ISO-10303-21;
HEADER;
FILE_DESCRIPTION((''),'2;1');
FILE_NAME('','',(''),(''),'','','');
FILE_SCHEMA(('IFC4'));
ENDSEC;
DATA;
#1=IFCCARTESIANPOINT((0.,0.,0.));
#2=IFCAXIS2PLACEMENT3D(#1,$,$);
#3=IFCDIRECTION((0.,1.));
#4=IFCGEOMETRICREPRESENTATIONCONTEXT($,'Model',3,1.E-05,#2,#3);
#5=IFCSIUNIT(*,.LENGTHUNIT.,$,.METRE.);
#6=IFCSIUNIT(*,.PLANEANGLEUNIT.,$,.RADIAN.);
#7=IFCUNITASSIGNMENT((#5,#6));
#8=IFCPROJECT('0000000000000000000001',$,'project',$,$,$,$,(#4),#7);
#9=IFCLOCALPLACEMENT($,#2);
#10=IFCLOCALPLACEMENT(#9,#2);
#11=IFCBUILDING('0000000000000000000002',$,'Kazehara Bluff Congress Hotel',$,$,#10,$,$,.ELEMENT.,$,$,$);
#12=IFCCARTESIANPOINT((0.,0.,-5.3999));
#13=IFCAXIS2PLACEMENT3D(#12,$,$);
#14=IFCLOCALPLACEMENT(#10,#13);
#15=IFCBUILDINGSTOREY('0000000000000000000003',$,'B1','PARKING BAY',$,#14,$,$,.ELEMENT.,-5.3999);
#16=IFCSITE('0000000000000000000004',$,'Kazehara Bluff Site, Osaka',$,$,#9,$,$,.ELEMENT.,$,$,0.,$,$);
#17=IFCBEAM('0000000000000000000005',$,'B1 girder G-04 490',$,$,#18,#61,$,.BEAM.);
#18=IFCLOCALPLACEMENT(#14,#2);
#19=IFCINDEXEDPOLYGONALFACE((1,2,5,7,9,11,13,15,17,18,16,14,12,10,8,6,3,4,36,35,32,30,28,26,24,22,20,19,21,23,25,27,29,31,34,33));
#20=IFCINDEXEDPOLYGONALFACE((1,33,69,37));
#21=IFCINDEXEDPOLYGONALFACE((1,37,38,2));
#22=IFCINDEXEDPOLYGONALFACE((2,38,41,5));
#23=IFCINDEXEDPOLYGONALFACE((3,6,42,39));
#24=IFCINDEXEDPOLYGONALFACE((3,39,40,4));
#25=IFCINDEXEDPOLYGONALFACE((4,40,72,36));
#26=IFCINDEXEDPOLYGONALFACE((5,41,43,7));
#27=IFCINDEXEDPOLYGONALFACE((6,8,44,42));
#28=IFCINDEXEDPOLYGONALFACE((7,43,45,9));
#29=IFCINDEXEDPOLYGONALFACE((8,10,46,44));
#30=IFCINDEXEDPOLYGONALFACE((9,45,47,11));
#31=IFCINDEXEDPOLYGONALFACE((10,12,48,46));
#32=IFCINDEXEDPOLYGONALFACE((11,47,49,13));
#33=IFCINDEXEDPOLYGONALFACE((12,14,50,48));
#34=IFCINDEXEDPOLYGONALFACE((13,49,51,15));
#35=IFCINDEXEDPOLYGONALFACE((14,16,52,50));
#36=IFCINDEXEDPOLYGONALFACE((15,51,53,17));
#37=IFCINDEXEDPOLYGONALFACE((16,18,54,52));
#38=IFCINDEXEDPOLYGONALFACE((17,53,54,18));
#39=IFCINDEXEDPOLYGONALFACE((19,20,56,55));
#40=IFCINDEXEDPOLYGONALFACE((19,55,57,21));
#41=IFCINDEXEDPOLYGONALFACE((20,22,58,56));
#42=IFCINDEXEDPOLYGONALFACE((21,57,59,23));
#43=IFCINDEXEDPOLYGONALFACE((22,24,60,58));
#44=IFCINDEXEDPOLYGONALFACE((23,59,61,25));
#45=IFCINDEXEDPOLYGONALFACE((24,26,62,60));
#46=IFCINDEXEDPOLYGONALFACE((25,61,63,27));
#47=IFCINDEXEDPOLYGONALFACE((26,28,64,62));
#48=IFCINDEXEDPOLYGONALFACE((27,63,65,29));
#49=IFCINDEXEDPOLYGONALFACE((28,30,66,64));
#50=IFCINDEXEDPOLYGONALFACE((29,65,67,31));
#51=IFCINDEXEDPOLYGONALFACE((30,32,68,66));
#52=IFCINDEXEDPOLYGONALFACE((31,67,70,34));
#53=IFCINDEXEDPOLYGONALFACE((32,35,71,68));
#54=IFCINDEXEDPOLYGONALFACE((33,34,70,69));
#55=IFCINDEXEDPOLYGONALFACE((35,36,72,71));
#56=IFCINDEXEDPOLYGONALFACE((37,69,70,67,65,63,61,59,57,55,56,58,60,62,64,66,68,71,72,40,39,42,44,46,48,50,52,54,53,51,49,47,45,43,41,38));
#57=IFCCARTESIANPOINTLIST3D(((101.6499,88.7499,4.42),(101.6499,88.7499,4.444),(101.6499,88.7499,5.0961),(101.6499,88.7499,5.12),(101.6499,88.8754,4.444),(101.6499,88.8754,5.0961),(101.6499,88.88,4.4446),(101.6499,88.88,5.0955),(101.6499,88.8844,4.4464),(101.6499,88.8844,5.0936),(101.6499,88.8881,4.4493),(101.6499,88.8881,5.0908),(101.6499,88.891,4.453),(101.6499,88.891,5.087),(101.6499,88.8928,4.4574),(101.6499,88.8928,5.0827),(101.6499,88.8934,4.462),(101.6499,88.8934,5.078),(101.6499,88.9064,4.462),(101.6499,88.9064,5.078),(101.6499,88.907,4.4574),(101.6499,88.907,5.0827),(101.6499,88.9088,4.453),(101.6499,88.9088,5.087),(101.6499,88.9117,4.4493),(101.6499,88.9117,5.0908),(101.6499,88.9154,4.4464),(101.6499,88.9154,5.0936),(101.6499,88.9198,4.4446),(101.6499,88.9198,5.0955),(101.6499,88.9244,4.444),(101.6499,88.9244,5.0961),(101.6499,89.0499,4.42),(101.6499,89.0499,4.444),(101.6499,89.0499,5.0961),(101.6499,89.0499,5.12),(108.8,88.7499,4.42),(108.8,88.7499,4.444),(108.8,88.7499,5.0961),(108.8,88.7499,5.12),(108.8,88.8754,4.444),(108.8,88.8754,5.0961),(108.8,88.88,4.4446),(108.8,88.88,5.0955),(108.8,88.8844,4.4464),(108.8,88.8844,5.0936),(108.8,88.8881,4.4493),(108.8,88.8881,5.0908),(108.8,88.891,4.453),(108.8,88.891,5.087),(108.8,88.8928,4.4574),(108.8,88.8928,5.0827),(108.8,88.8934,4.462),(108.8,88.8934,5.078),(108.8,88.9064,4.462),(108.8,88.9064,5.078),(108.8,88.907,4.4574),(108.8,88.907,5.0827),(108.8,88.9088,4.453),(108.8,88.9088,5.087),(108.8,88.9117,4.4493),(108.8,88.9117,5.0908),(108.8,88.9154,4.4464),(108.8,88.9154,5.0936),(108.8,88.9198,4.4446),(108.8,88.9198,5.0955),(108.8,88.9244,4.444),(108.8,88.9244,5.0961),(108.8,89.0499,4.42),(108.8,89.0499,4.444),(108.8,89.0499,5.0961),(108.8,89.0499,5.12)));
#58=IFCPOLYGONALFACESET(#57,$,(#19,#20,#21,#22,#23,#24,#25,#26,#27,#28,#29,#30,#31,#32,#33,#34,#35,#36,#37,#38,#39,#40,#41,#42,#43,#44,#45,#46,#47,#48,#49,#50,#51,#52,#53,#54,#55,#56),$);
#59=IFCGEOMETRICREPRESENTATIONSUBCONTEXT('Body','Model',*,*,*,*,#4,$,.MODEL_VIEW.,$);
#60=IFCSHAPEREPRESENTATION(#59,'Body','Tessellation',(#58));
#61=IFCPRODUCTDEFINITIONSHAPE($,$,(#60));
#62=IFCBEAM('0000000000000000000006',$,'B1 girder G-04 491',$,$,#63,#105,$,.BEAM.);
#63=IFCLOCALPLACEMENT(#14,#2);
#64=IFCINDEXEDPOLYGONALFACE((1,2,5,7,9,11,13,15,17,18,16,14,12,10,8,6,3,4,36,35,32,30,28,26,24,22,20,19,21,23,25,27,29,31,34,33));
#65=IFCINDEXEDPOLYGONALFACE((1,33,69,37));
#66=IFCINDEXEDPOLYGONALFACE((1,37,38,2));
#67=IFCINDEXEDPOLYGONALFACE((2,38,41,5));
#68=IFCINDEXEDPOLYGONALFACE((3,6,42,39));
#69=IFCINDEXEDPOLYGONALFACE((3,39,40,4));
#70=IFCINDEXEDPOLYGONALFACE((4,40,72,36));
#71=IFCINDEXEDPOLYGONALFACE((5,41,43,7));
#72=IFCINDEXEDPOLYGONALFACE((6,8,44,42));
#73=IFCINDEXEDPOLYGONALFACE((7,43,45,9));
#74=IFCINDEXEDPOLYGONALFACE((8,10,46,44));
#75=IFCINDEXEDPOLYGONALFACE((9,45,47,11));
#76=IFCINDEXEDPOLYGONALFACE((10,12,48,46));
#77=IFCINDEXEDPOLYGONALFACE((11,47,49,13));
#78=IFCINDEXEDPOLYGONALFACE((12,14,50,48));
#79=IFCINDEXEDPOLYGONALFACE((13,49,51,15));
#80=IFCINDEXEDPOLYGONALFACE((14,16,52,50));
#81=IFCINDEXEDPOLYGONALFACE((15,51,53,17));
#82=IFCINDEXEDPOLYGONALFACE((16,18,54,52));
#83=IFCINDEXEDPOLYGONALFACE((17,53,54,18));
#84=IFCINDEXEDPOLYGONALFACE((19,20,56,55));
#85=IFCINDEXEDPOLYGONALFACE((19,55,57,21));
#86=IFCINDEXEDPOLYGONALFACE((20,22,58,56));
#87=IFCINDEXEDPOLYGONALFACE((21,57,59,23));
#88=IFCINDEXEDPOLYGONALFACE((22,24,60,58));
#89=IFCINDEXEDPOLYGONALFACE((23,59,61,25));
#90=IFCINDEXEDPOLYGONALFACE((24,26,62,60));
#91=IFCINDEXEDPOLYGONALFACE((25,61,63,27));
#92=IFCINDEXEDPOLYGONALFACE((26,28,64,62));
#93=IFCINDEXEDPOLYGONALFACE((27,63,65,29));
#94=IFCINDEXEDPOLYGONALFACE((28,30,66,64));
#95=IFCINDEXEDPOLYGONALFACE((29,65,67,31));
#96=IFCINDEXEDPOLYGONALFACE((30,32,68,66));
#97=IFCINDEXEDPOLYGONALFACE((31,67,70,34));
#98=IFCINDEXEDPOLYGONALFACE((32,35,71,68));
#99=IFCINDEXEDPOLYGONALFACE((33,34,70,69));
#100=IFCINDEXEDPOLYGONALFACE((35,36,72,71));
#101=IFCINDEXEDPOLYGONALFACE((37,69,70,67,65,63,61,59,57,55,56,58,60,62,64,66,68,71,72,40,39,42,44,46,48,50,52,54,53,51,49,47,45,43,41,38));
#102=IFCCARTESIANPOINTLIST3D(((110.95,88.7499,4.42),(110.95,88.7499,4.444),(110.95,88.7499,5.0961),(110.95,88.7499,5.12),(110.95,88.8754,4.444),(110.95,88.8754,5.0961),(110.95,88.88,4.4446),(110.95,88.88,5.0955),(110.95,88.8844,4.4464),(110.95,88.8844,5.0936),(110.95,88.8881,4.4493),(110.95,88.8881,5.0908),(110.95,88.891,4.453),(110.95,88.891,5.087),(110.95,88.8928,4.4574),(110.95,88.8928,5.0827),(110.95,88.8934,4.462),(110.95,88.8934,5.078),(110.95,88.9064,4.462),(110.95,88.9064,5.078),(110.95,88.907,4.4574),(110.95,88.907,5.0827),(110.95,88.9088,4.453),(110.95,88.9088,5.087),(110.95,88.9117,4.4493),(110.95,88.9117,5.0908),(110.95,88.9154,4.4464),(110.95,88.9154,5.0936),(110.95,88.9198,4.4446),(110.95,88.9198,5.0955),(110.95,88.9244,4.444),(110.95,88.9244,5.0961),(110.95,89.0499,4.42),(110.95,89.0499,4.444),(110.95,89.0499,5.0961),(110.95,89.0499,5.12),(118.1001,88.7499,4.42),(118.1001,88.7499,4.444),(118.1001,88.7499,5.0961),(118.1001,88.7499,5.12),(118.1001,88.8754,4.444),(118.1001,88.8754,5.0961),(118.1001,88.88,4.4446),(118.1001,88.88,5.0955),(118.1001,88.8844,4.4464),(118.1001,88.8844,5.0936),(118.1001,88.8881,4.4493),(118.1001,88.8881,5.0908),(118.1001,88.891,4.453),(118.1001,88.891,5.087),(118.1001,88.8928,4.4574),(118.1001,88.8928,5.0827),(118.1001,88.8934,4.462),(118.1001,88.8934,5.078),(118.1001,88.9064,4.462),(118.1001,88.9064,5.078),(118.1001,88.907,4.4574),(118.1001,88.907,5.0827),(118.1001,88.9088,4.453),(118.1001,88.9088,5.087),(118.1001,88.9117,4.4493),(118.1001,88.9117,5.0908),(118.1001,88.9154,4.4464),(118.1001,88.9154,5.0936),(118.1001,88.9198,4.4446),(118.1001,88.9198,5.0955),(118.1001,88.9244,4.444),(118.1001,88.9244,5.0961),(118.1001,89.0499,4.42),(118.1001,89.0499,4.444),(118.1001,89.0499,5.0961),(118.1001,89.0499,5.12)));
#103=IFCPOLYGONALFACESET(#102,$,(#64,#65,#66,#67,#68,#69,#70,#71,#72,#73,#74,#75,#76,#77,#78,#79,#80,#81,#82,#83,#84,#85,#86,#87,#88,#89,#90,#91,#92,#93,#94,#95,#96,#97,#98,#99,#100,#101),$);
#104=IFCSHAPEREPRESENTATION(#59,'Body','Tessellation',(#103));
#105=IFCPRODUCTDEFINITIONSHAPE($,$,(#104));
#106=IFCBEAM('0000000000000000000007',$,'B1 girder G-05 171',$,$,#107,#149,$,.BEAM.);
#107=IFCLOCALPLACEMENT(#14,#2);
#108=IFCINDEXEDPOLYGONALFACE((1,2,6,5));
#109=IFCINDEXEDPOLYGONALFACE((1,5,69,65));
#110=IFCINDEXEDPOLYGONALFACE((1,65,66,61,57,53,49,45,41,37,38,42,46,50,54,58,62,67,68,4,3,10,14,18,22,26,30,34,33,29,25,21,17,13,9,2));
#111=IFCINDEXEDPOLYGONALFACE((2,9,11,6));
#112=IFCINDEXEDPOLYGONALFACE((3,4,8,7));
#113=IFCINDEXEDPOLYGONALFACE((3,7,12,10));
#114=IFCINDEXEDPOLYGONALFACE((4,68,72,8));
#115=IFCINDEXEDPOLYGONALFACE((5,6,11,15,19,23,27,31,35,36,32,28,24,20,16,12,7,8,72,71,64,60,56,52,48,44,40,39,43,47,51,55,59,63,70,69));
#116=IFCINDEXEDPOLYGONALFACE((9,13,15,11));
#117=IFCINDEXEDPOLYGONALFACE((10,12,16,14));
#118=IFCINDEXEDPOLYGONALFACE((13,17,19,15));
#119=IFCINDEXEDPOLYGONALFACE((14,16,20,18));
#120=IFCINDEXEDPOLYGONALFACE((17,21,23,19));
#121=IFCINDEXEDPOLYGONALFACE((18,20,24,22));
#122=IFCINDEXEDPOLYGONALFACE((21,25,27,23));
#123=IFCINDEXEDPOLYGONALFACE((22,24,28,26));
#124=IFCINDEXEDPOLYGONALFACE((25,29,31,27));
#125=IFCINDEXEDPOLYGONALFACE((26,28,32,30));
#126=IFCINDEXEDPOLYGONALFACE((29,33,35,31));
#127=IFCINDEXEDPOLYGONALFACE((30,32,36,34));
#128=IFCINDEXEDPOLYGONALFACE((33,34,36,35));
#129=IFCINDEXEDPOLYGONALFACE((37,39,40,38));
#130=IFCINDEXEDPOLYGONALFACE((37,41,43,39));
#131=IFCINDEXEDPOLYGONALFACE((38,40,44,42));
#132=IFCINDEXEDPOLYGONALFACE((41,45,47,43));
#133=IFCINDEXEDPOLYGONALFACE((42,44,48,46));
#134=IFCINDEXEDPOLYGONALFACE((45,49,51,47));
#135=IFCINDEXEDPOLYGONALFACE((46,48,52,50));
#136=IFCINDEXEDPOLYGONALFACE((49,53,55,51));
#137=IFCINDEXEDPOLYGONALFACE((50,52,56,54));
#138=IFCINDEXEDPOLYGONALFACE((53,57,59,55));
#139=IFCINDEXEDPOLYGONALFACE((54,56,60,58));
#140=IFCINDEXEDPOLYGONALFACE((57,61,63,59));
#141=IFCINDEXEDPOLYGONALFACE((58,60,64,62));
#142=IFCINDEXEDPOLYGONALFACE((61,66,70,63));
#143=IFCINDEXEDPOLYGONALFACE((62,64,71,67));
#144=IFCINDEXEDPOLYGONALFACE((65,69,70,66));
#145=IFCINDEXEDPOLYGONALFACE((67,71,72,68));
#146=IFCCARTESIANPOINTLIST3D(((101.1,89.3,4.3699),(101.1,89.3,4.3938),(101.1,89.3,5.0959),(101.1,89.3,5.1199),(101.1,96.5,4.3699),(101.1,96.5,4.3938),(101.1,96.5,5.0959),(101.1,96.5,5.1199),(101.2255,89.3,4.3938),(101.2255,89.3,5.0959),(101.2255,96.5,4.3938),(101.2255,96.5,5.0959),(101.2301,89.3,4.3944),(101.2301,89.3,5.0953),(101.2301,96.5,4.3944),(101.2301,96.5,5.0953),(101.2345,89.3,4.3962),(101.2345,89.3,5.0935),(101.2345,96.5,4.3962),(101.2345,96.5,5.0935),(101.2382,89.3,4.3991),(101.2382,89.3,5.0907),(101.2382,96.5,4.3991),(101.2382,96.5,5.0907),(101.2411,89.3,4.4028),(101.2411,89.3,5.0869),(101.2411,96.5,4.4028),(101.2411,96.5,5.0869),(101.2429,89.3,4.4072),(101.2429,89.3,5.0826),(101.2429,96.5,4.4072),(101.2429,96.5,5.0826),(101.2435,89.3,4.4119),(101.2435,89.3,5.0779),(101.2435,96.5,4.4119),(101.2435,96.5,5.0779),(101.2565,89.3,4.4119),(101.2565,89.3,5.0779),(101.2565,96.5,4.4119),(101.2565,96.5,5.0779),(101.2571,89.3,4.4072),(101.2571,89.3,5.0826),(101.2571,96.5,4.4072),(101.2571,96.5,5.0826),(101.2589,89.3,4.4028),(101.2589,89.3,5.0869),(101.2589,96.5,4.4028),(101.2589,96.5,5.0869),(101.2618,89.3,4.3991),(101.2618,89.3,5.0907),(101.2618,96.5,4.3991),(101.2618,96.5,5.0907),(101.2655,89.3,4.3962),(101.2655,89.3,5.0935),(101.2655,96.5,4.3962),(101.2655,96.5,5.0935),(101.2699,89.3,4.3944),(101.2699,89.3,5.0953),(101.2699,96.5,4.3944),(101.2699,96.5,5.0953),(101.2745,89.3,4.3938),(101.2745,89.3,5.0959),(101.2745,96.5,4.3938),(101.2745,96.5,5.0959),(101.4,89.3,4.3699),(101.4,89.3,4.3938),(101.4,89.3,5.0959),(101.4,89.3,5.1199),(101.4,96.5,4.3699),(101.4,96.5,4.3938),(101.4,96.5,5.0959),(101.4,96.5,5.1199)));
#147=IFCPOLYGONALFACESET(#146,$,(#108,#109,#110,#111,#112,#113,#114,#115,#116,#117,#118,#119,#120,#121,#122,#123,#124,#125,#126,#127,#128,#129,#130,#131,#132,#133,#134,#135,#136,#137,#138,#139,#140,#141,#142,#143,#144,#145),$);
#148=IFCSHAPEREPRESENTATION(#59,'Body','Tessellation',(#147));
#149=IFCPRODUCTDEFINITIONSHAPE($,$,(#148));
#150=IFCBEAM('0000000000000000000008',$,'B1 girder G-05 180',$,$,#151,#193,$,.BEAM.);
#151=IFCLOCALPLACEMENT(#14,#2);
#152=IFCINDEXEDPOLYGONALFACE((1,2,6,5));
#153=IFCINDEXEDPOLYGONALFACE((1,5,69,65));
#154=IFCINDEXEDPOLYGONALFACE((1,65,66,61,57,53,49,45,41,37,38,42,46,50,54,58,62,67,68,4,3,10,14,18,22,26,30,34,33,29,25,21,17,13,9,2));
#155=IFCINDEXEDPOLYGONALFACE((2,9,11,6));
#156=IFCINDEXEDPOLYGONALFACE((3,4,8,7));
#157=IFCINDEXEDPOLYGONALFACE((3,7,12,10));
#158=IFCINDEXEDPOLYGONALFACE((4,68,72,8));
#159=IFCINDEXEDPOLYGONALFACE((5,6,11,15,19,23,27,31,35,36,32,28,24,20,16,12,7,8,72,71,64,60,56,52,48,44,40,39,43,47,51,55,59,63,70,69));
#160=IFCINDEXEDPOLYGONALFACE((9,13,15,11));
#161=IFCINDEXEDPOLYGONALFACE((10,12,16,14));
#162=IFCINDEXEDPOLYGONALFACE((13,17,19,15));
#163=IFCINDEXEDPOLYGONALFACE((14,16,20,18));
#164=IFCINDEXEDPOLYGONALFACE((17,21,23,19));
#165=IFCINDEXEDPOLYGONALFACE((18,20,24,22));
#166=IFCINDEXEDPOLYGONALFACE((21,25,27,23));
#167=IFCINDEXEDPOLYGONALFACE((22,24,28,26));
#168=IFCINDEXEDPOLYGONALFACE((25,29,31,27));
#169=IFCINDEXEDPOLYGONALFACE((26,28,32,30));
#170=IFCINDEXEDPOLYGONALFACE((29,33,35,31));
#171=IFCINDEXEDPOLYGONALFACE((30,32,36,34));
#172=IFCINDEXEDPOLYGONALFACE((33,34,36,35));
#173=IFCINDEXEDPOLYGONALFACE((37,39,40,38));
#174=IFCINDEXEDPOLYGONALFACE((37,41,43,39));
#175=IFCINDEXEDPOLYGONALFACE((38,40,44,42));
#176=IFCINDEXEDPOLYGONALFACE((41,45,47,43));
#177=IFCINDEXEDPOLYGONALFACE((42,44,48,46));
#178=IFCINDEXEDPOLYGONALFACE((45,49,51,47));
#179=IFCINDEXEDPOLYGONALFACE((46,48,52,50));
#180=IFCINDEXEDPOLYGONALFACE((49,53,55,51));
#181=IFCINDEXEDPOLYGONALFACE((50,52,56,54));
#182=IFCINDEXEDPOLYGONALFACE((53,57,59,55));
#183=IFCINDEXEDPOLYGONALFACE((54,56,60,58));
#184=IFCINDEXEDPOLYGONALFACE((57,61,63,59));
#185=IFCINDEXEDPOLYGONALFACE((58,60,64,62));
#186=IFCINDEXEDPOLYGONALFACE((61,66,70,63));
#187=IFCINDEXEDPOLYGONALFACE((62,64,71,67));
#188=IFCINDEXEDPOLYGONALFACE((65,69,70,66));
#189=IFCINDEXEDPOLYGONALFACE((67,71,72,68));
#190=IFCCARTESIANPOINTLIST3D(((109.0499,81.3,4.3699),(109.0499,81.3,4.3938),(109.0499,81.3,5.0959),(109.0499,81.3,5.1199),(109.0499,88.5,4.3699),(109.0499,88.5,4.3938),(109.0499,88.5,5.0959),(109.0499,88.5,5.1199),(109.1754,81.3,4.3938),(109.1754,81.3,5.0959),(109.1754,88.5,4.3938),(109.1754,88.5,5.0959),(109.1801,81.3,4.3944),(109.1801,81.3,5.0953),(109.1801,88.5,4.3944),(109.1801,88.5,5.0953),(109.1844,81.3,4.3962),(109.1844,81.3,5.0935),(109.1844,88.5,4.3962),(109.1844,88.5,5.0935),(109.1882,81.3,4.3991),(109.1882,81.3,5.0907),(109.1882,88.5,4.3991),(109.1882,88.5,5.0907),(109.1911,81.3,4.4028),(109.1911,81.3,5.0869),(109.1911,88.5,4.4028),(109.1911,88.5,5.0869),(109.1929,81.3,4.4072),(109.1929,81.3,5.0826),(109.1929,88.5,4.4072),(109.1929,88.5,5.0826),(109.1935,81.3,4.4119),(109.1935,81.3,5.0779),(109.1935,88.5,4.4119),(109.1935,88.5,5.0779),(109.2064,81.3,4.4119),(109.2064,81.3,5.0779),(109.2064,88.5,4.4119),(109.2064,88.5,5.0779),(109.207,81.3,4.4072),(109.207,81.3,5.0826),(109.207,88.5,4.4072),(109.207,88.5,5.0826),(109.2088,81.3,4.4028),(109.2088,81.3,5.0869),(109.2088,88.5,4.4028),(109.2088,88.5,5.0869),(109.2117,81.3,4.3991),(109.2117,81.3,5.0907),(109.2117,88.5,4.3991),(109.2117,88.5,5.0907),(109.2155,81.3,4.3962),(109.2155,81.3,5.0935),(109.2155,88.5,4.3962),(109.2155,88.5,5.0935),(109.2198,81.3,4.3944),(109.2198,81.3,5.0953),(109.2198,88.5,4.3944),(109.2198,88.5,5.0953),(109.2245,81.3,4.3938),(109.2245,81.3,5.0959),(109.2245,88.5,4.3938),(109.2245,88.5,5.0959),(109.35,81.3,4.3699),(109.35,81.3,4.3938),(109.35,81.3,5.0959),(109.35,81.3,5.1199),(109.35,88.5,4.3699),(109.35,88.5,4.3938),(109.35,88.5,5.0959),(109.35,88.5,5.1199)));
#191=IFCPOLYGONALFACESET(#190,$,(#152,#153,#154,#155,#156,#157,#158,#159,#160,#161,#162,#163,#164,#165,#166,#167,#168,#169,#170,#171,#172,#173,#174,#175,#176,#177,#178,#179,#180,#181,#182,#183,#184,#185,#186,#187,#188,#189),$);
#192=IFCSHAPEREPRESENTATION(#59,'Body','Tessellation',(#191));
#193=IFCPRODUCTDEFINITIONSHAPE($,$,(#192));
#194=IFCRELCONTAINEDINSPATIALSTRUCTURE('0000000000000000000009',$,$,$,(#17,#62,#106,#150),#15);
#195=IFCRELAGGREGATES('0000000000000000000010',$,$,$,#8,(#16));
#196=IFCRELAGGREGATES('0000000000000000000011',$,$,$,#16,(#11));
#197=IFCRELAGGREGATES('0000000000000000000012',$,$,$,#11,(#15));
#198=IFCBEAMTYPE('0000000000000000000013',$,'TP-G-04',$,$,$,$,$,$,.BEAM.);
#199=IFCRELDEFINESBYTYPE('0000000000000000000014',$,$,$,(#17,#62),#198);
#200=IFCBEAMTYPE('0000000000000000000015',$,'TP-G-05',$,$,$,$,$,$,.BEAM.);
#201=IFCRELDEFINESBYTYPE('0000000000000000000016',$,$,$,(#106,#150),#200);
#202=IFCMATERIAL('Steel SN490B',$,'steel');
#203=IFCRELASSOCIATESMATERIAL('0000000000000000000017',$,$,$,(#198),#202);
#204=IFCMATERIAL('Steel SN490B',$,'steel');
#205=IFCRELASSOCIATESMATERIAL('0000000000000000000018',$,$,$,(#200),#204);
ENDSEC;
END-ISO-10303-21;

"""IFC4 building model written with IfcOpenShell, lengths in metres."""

from ifc_helpers import new_model, si_unit, direction, frame, origin, origin_2d, place, context, subcontext, project, spatial, i_section, extrude, material, material_profile, profile_set, type_object, element, save


model = new_model("IFC4")

# Units and contexts
model_context = context("Model", 3, precision=1e-05, world=origin(), true_north=direction((0.0, 1.0)))
body_context = subcontext(model_context, "Body", "Model", "MODEL_VIEW")
ifc_project = project(units=[si_unit("LENGTHUNIT", "METRE"), si_unit("PLANEANGLEUNIT", "RADIAN")], contexts=[model_context])

# Site, building, storey
site_placement = place(None, origin())
site = spatial("IfcSite", under=ifc_project, at=site_placement, Name="Kazehara Bluff Site, Osaka", CompositionType="ELEMENT", RefElevation=0.0)
building_placement = place(site_placement, origin())
building = spatial("IfcBuilding", under=site, at=building_placement, Name="Kazehara Bluff Congress Hotel", CompositionType="ELEMENT")
storey_placement = place(building_placement, frame((0.0, 0.0, -5.3999)))
storey = spatial("IfcBuildingStorey", under=building, at=storey_placement, Name="B1", Description="PARKING BAY", CompositionType="ELEMENT", Elevation=-5.3999)

# Beams
ifc_material_1 = material(Name="Steel SN490B", Category="steel")
ifc_material_profile_1 = material_profile(ifc_material_1, i_section(OverallWidth=0.3, OverallDepth=0.7, WebThickness=0.0129, FlangeThickness=0.0239, FilletRadius=0.0181, at=origin_2d()))
ifc_profile_set_1 = profile_set([ifc_material_profile_1], Name="Steel SN490B")
beam_type_1 = type_object("IfcBeamType", Name="TP-G-04", PredefinedType="BEAM", material=ifc_profile_set_1)
for number, where, z_axis, x_axis, name in (
    (1, (101.6499, 88.8999, 4.77), (1.0, 0.0, 0.0), (0.0, 1.0, 0.0), "B1 girder G-04 490"),
    (2, (110.95, 88.8999, 4.77), (1.0, 0.0, 0.0), (0.0, 1.0, 0.0), "B1 girder G-04 491"),
):
    element("IfcBeam", number, at=place(storey_placement, frame(where, z_axis=z_axis, x_axis=x_axis)), inside=storey, type_object=beam_type_1, Name=name, PredefinedType="BEAM", context=body_context, shape_type="SweptSolid", body=[
        extrude(i_section(OverallWidth=0.3, OverallDepth=0.7, WebThickness=0.0129, FlangeThickness=0.0239, FilletRadius=0.0181, at=origin_2d()), origin(), (0.0, 0.0, 1.0), 7.1501),
    ])
ifc_material_2 = material(Name="Steel SN490B", Category="steel")
ifc_material_profile_2 = material_profile(ifc_material_2, i_section(OverallWidth=0.3, OverallDepth=0.75, WebThickness=0.0129, FlangeThickness=0.0239, FilletRadius=0.0181, at=origin_2d()))
ifc_profile_set_2 = profile_set([ifc_material_profile_2], Name="Steel SN490B")
beam_type_2 = type_object("IfcBeamType", Name="TP-G-05", PredefinedType="BEAM", material=ifc_profile_set_2)
for number, where, z_axis, x_axis, name in (
    (3, (101.25, 89.3, 4.7449), (0.0, 1.0, 0.0), (-1.0, 0.0, 0.0), "B1 girder G-05 171"),
    (4, (109.2, 81.3, 4.7449), (0.0, 1.0, 0.0), (-1.0, 0.0, 0.0), "B1 girder G-05 180"),
):
    element("IfcBeam", number, at=place(storey_placement, frame(where, z_axis=z_axis, x_axis=x_axis)), inside=storey, type_object=beam_type_2, Name=name, PredefinedType="BEAM", context=body_context, shape_type="SweptSolid", body=[
        extrude(i_section(OverallWidth=0.3, OverallDepth=0.75, WebThickness=0.0129, FlangeThickness=0.0239, FilletRadius=0.0181, at=origin_2d()), origin(), (0.0, 0.0, 1.0), 7.2),
    ])

save(model, "model.ifc")
